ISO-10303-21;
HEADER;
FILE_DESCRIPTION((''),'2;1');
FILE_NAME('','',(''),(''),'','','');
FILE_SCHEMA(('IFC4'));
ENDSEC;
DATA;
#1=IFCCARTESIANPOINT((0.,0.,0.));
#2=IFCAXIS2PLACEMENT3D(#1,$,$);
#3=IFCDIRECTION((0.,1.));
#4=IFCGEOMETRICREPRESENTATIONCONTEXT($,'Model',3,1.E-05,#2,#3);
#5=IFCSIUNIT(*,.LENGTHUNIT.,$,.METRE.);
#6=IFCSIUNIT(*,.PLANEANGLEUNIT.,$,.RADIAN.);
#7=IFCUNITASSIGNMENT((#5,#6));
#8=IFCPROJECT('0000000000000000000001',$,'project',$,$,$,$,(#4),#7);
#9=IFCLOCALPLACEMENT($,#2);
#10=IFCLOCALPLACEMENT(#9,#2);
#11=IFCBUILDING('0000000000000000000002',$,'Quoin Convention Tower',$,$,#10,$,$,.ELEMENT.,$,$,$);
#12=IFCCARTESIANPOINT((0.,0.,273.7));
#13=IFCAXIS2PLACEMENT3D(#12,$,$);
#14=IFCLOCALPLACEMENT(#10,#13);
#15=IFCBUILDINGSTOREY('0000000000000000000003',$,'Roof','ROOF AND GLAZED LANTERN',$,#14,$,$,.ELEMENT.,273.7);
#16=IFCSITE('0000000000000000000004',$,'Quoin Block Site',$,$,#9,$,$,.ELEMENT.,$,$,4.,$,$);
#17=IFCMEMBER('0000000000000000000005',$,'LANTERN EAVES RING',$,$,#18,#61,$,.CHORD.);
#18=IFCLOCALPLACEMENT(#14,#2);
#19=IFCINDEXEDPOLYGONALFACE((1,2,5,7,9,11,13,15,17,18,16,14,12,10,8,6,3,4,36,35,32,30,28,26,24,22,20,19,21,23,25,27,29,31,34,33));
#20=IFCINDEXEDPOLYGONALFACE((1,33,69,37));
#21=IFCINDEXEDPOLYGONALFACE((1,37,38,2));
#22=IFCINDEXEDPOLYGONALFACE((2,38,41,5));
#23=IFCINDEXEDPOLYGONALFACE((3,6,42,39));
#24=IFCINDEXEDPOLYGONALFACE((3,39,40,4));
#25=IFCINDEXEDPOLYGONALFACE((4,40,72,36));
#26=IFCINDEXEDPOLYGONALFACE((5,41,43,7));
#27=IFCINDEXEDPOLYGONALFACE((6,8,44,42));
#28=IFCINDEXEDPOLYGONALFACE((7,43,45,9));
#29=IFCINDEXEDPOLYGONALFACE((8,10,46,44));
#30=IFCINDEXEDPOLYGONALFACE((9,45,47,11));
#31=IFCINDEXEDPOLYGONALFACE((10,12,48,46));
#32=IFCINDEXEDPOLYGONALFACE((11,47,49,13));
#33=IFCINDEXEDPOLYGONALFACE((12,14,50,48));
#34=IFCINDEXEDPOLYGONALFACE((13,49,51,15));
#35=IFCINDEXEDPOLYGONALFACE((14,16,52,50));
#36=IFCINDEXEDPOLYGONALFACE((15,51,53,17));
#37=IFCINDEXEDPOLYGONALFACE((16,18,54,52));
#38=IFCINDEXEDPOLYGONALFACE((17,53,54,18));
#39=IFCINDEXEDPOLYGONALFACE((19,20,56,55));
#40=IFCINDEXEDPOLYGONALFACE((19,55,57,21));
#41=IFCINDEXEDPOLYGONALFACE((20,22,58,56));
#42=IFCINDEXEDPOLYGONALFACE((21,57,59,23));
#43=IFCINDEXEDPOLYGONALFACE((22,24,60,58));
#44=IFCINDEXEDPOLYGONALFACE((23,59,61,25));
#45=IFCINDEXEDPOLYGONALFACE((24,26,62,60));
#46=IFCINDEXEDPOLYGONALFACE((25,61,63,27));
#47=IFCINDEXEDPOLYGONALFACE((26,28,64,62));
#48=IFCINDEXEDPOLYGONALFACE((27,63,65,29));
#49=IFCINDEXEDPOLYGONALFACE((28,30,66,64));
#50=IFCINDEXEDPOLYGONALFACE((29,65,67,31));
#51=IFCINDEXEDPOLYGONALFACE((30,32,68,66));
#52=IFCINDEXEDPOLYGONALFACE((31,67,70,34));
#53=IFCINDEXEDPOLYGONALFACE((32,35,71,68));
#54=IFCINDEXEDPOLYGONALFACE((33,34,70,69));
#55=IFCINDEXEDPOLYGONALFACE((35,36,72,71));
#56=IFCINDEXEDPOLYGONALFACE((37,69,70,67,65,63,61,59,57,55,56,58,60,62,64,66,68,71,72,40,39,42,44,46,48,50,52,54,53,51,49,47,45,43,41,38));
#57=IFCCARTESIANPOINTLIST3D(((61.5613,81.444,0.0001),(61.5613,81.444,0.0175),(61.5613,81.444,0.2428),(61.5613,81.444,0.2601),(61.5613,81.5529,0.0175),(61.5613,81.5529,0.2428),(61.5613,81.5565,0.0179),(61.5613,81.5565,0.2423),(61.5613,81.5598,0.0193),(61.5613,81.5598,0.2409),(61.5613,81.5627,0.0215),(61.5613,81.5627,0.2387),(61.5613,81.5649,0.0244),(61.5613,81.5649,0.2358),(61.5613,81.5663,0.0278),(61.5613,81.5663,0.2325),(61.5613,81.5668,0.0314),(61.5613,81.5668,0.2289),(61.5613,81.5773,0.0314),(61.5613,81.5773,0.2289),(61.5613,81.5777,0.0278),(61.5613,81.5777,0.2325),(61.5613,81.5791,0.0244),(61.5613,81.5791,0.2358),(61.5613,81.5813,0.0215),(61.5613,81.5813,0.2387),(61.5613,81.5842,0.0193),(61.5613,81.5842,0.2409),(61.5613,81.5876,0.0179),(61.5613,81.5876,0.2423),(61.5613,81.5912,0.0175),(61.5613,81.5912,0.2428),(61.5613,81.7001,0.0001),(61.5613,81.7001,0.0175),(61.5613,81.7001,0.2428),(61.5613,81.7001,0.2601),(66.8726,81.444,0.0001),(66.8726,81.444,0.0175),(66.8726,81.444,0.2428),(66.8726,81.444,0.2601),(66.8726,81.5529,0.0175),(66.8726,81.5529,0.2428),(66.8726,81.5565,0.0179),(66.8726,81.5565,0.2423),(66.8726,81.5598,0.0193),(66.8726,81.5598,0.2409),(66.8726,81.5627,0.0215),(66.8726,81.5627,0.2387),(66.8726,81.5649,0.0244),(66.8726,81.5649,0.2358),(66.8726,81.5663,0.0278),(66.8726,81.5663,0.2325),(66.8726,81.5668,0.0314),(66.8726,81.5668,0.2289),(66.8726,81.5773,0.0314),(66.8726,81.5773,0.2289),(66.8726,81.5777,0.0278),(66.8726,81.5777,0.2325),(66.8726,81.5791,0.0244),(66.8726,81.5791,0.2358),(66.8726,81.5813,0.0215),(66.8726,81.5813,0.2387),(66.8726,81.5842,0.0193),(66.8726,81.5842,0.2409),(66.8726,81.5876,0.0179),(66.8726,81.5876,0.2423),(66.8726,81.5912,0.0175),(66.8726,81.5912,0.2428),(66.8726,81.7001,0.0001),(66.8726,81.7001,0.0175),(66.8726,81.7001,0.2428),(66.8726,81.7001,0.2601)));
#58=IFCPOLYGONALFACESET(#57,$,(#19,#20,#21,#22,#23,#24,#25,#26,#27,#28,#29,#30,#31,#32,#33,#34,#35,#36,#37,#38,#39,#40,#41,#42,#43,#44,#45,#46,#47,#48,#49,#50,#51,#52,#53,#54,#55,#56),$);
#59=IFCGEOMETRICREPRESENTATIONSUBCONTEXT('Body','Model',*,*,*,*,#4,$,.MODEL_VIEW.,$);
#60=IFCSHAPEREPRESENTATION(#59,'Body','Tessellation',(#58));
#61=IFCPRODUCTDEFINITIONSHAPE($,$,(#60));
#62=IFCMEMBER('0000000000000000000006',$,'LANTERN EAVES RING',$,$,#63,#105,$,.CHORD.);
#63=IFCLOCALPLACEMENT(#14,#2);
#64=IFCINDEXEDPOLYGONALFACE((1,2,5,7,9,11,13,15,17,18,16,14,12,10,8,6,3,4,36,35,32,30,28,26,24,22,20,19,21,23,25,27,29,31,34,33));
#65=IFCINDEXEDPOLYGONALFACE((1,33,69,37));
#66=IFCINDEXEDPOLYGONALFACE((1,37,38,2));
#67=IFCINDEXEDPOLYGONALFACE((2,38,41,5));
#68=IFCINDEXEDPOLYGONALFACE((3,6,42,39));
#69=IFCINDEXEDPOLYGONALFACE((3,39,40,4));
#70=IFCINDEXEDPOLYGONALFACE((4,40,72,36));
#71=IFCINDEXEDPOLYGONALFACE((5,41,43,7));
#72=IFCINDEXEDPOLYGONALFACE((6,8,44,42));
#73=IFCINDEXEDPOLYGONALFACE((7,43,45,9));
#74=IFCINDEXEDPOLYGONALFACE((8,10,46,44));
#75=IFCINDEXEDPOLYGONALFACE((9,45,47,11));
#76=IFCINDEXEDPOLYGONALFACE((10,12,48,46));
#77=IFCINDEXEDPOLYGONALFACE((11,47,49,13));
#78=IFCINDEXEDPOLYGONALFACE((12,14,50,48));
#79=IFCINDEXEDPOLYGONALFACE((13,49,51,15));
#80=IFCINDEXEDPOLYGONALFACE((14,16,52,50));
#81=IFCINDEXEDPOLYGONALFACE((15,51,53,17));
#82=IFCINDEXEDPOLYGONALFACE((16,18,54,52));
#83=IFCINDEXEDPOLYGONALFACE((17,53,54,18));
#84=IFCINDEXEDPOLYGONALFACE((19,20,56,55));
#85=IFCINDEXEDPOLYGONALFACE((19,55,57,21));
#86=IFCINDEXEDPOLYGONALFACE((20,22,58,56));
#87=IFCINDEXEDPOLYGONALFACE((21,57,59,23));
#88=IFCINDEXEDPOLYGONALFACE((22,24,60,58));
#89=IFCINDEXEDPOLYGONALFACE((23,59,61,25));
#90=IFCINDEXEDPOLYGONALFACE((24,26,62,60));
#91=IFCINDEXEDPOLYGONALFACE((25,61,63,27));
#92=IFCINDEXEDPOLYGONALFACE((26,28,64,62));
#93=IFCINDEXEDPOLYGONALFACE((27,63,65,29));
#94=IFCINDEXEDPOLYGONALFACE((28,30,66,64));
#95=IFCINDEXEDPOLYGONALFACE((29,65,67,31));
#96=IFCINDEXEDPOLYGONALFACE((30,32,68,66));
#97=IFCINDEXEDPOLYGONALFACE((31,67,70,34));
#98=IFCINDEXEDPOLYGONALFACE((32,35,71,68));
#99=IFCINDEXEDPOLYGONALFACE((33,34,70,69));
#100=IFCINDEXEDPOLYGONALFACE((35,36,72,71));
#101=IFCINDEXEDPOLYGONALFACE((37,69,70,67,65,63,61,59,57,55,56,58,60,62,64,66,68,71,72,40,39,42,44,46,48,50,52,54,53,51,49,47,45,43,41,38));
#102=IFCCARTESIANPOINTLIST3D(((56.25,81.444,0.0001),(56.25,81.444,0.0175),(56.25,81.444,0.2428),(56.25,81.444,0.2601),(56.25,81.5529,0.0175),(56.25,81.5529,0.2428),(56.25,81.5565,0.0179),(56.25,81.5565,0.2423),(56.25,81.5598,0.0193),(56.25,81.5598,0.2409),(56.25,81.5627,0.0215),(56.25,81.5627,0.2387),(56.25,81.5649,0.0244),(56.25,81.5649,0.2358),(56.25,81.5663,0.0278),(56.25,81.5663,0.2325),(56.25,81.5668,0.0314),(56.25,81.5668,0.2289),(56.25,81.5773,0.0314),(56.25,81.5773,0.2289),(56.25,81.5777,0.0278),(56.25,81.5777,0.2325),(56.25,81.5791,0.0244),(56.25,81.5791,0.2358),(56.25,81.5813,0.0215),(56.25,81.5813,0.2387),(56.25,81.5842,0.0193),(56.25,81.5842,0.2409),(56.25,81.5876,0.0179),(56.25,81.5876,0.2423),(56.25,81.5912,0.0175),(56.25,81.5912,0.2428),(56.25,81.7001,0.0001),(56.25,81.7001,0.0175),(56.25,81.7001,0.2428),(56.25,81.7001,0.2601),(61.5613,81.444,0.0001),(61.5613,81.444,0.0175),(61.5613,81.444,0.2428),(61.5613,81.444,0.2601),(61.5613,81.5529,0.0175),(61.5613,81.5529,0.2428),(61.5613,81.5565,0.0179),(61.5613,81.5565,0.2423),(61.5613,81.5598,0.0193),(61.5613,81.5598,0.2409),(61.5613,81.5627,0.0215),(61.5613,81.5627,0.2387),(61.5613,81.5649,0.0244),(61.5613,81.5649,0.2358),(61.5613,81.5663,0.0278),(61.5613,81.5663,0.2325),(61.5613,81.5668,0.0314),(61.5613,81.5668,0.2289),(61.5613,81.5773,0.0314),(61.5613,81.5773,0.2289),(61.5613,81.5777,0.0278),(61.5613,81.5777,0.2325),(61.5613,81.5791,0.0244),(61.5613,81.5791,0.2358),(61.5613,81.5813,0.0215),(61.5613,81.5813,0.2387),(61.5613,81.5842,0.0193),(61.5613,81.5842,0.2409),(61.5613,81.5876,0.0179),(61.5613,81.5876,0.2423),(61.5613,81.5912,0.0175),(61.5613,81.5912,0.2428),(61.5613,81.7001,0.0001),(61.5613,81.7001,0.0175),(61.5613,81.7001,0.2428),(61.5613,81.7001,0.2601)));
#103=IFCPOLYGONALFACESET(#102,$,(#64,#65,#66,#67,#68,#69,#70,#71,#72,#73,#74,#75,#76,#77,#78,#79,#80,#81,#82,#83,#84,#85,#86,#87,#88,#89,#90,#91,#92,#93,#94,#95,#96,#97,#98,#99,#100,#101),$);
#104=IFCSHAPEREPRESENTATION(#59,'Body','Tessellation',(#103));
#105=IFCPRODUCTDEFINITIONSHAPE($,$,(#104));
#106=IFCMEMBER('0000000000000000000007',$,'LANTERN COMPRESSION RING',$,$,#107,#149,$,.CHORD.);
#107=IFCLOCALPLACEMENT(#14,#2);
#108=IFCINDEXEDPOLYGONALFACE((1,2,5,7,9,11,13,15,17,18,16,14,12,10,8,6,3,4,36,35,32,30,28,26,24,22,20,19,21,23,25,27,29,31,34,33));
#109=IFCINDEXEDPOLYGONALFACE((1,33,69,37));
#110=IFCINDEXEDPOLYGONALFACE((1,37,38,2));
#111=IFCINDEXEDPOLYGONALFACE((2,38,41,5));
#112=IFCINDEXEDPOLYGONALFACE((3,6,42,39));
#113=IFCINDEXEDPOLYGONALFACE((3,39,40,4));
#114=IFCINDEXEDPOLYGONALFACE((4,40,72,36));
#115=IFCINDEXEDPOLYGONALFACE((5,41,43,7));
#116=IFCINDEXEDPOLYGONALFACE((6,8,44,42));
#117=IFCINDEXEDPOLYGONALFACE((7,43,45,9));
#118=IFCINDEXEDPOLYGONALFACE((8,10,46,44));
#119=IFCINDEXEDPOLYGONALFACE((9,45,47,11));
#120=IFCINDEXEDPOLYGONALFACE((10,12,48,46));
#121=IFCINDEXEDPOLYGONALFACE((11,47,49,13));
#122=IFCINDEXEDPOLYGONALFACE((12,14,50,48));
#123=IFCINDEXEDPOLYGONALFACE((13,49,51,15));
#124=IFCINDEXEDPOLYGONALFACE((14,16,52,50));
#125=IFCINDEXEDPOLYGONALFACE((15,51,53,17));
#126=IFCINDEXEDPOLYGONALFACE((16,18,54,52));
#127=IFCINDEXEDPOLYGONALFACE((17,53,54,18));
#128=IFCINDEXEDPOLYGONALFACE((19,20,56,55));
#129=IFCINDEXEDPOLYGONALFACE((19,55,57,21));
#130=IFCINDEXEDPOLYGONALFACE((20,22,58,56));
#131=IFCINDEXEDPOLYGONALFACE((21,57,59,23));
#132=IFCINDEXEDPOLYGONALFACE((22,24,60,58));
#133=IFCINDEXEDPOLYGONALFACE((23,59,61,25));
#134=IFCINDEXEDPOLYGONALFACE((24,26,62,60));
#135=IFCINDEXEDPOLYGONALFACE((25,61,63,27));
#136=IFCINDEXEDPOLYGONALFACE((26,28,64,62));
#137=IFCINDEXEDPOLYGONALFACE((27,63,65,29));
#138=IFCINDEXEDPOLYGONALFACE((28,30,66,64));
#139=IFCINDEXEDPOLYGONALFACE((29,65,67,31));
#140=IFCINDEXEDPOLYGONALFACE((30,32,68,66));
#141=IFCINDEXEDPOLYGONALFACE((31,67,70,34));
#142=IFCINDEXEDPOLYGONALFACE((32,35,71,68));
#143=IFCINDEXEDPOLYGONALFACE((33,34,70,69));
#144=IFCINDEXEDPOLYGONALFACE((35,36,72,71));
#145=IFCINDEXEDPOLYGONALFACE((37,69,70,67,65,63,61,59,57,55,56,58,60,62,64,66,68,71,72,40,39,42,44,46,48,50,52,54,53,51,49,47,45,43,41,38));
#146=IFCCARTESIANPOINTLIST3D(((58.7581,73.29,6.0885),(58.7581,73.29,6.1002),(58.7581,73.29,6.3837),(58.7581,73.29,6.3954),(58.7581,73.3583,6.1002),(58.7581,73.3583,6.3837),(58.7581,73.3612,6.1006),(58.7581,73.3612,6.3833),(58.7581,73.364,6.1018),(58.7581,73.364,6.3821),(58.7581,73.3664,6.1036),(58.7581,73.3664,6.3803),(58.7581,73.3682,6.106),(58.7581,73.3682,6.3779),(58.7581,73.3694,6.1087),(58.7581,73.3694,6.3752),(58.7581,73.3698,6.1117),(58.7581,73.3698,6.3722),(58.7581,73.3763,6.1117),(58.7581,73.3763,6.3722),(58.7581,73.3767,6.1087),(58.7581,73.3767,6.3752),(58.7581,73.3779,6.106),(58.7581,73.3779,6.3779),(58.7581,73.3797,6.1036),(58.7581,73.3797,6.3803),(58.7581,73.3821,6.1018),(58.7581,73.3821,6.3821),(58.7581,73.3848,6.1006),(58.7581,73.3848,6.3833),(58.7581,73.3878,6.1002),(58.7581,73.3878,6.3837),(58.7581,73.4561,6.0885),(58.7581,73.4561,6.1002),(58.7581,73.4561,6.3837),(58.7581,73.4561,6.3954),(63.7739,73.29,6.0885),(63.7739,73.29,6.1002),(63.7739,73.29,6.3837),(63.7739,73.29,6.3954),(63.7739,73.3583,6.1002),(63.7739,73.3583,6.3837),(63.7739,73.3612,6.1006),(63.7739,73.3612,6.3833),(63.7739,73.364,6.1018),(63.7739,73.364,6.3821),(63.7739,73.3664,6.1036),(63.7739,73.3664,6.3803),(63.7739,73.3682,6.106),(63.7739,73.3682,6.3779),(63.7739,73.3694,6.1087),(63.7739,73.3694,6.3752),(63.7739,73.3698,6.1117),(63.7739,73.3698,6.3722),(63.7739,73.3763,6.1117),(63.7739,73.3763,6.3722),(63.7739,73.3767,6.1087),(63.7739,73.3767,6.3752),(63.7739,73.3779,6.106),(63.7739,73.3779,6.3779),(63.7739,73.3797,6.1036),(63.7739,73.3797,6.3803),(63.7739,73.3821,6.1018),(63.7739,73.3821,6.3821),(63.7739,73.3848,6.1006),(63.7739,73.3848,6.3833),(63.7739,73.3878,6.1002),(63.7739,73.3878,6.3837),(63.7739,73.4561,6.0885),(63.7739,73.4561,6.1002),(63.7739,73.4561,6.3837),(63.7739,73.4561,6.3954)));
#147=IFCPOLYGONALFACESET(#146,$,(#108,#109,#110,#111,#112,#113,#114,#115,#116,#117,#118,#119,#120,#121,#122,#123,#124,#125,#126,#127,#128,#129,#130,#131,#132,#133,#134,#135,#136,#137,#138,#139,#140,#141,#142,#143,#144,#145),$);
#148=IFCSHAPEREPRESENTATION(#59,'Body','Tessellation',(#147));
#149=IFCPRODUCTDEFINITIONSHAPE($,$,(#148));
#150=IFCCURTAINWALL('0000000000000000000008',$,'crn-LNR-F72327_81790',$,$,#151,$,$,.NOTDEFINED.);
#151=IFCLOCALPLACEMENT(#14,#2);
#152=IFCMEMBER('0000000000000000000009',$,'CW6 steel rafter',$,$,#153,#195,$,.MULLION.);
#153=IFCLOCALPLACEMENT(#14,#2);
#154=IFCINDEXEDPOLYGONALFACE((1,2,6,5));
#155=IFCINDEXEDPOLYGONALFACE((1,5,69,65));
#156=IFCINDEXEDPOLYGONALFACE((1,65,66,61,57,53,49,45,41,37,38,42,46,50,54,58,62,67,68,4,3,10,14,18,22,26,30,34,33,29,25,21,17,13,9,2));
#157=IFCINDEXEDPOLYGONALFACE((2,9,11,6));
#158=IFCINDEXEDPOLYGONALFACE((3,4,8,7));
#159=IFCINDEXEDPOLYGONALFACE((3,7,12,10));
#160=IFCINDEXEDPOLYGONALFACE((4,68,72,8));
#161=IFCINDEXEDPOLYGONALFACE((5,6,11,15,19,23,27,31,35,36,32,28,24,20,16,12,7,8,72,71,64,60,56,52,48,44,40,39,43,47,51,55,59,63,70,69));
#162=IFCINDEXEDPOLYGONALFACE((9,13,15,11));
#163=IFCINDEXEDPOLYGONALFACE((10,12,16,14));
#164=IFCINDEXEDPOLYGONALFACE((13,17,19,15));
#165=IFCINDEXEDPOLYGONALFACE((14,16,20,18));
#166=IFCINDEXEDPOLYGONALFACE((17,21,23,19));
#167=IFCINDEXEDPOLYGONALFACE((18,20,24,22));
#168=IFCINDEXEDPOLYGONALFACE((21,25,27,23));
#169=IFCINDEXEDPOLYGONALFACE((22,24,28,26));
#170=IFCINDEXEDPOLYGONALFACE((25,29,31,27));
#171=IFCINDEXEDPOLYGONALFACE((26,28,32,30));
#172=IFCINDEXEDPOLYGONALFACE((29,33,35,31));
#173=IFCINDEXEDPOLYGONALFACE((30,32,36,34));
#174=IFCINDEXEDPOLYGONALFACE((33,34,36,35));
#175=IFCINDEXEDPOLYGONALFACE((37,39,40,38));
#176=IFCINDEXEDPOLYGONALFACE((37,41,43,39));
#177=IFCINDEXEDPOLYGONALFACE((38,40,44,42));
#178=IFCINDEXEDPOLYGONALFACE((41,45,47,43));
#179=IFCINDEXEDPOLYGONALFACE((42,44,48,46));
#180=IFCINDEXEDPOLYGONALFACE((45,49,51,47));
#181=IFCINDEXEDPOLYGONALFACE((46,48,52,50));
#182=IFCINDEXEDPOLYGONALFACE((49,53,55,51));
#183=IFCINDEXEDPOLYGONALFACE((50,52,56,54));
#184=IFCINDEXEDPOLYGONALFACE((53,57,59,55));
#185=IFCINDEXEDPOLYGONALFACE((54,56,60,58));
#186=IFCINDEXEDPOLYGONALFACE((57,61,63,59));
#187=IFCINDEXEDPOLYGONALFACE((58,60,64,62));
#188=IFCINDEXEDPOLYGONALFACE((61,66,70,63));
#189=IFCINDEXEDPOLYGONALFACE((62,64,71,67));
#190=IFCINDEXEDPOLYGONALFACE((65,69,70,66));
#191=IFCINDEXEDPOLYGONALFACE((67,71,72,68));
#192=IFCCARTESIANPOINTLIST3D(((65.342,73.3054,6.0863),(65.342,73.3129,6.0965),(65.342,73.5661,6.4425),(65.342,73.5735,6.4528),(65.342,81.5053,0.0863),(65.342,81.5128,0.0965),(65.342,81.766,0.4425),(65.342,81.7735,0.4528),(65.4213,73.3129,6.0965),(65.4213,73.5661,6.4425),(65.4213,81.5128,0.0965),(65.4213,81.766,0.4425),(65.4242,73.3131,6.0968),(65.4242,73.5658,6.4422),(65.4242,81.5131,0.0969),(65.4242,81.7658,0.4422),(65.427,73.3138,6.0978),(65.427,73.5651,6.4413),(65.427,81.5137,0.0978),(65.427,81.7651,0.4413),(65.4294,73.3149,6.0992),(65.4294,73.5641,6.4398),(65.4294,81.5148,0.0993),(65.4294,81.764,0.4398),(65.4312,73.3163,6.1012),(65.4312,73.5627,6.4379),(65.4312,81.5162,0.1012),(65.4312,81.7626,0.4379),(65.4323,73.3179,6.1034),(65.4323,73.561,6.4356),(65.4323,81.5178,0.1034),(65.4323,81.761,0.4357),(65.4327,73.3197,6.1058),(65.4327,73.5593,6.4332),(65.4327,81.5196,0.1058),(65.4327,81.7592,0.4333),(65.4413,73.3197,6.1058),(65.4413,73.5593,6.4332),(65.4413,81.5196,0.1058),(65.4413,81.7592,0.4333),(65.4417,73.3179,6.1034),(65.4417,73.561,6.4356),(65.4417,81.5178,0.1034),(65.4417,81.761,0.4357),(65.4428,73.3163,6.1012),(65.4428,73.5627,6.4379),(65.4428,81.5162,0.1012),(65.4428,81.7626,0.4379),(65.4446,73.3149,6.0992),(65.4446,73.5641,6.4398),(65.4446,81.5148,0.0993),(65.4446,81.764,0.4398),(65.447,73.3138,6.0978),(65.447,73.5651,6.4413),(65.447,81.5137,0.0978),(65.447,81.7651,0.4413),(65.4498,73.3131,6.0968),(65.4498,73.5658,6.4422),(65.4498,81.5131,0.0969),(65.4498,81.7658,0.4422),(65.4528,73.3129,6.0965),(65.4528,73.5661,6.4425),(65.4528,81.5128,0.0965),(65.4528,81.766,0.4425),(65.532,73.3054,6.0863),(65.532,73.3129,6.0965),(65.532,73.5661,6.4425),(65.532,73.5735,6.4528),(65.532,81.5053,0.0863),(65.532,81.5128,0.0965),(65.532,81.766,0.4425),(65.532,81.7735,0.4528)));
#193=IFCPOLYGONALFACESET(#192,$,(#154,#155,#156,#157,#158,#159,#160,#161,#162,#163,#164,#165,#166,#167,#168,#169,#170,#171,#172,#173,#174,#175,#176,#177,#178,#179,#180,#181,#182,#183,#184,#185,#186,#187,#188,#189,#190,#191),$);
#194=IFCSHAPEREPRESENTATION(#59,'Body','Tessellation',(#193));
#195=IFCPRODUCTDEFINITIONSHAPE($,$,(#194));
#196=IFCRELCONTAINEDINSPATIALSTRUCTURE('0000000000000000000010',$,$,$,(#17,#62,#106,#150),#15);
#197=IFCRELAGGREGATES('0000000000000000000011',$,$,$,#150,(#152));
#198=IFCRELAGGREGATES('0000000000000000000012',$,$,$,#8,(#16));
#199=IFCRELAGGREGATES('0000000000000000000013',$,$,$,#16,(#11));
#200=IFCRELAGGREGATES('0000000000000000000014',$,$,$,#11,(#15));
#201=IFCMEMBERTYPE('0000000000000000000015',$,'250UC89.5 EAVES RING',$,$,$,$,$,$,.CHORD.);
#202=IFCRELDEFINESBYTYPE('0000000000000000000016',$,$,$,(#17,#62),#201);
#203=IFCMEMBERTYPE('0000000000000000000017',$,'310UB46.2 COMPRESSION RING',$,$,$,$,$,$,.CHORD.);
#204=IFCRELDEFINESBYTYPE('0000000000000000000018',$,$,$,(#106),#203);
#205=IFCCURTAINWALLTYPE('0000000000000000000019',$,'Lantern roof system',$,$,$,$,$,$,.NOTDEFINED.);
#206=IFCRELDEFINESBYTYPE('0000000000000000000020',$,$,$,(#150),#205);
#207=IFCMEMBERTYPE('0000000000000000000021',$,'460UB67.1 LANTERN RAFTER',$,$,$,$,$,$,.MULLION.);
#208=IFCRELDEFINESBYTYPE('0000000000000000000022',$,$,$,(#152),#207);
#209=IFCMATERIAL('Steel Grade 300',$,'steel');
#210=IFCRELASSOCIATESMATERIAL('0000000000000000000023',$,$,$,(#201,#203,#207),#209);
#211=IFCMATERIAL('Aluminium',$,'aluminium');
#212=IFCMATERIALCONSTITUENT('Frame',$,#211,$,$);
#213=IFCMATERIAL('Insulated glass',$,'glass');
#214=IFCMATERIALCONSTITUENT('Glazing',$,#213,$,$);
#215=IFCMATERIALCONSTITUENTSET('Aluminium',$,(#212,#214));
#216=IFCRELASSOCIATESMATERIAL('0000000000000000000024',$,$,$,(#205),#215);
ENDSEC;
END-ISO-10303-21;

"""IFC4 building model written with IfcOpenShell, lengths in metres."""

from ifc_helpers import new_model, si_unit, direction, frame, origin, origin_2d, place, context, subcontext, project, spatial, i_section, extrude, material, constituent, constituent_set, material_profile, profile_set, type_object, element, aggregate, save


model = new_model("IFC4")

# Units and contexts
model_context = context("Model", 3, precision=1e-05, world=origin(), true_north=direction((0.0, 1.0)))
body_context = subcontext(model_context, "Body", "Model", "MODEL_VIEW")
ifc_project = project(units=[si_unit("LENGTHUNIT", "METRE"), si_unit("PLANEANGLEUNIT", "RADIAN")], contexts=[model_context])

# Site, building, storey
site_placement = place(None, origin())
site = spatial("IfcSite", under=ifc_project, at=site_placement, Name="Quoin Block Site", CompositionType="ELEMENT", RefElevation=4.0)
building_placement = place(site_placement, origin())
building = spatial("IfcBuilding", under=site, at=building_placement, Name="Quoin Convention Tower", CompositionType="ELEMENT")
storey_placement = place(building_placement, frame((0.0, 0.0, 273.7)))
storey = spatial("IfcBuildingStorey", under=building, at=storey_placement, Name="Roof", Description="ROOF AND GLAZED LANTERN", CompositionType="ELEMENT", Elevation=273.7)

# Members
ifc_material_1 = material(Name="Steel Grade 300", Category="steel")
ifc_material_profile_1 = material_profile(ifc_material_1, i_section(OverallWidth=0.2561, OverallDepth=0.26, WebThickness=0.0105, FlangeThickness=0.0173, FilletRadius=0.0139, at=origin_2d()), Name="250UC89.5")
ifc_profile_set_1 = profile_set([ifc_material_profile_1], Name="Steel Grade 300")
member_type_1 = type_object("IfcMemberType", Name="250UC89.5 EAVES RING", PredefinedType="CHORD", material=ifc_profile_set_1)
for number, where, z_axis, x_axis, name in (
    (1, (66.8726, 81.572, 0.1301), (-1.0, 0.0, 0.0), (0.0, -1.0, 0.0), "LANTERN EAVES RING"),
    (2, (61.5613, 81.572, 0.1301), (-1.0, 0.0, 0.0), (0.0, -1.0, 0.0), "LANTERN EAVES RING"),
):
    element("IfcMember", number, at=place(storey_placement, frame(where, z_axis=z_axis, x_axis=x_axis)), inside=storey, type_object=member_type_1, Name=name, PredefinedType="CHORD", context=body_context, shape_type="SweptSolid", body=[
        extrude(i_section(OverallWidth=0.2561, OverallDepth=0.26, WebThickness=0.0105, FlangeThickness=0.0173, FilletRadius=0.0139, at=origin_2d()), origin(), (0.0, 0.0, 1.0), 5.3113),
    ])
ifc_material_profile_2 = material_profile(ifc_material_1, i_section(OverallWidth=0.166, OverallDepth=0.3069, WebThickness=0.0066, FlangeThickness=0.0117, FilletRadius=0.0115, at=origin_2d()), Name="310UB46.2")
ifc_profile_set_2 = profile_set([ifc_material_profile_2], Name="Steel Grade 300")
member_type_2 = type_object("IfcMemberType", Name="310UB46.2 COMPRESSION RING", PredefinedType="CHORD", material=ifc_profile_set_2)
member_1_placement = place(storey_placement, frame((63.7739, 73.373, 6.2419), z_axis=(-1.0, 0.0, 0.0), x_axis=(0.0, -1.0, 0.0)))
element("IfcMember", 3, at=member_1_placement, inside=storey, type_object=member_type_2, Name="LANTERN COMPRESSION RING", PredefinedType="CHORD", context=body_context, shape_type="SweptSolid", body=[
    extrude(i_section(OverallWidth=0.166, OverallDepth=0.3069, WebThickness=0.0066, FlangeThickness=0.0117, FilletRadius=0.0115, at=origin_2d()), origin(), (0.0, 0.0, 1.0), 5.0159),
])

# Curtain wall, member
ifc_material_2 = material(Name="Aluminium", Category="aluminium")
ifc_constituent_1 = constituent(ifc_material_2, Name="Frame")
ifc_material_3 = material(Name="Insulated glass", Category="glass")
ifc_constituent_2 = constituent(ifc_material_3, Name="Glazing")
ifc_constituent_set = constituent_set(constituents=[ifc_constituent_1, ifc_constituent_2], Name="Aluminium")
curtain_wall_type = type_object("IfcCurtainWallType", Name="Lantern roof system", PredefinedType="NOTDEFINED", material=ifc_constituent_set)
curtain_wall_1_placement = place(storey_placement, origin())
curtain_wall_1 = element("IfcCurtainWall", 4, at=curtain_wall_1_placement, inside=storey, type_object=curtain_wall_type, Name="crn-LNR-F72327_81790", PredefinedType="NOTDEFINED")
ifc_material_profile_3 = material_profile(ifc_material_1, i_section(OverallWidth=0.1899, OverallDepth=0.4541, WebThickness=0.0085, FlangeThickness=0.0127, FilletRadius=0.0115, at=origin_2d()), Name="460UB67.1")
ifc_profile_set_3 = profile_set([ifc_material_profile_3], Name="Steel Grade 300")
member_type_3 = type_object("IfcMemberType", Name="460UB67.1 LANTERN RAFTER", PredefinedType="MULLION", material=ifc_profile_set_3)
member_2_placement = place(storey_placement, frame((65.437, 81.6394, 0.2695), z_axis=(0.0, -0.807029, 0.590512), x_axis=(1.0, 0.0, 0.0)))
member_2 = element("IfcMember", 5, at=member_2_placement, type_object=member_type_3, Name="CW6 steel rafter", PredefinedType="MULLION", context=body_context, shape_type="SweptSolid", body=[
    extrude(i_section(OverallWidth=0.1899, OverallDepth=0.4541, WebThickness=0.0085, FlangeThickness=0.0127, FilletRadius=0.0115, at=origin_2d()), origin(), (0.0, 0.0, 1.0), 10.1606),
])

aggregate(curtain_wall_1, [member_2])

save(model, "model.ifc")
